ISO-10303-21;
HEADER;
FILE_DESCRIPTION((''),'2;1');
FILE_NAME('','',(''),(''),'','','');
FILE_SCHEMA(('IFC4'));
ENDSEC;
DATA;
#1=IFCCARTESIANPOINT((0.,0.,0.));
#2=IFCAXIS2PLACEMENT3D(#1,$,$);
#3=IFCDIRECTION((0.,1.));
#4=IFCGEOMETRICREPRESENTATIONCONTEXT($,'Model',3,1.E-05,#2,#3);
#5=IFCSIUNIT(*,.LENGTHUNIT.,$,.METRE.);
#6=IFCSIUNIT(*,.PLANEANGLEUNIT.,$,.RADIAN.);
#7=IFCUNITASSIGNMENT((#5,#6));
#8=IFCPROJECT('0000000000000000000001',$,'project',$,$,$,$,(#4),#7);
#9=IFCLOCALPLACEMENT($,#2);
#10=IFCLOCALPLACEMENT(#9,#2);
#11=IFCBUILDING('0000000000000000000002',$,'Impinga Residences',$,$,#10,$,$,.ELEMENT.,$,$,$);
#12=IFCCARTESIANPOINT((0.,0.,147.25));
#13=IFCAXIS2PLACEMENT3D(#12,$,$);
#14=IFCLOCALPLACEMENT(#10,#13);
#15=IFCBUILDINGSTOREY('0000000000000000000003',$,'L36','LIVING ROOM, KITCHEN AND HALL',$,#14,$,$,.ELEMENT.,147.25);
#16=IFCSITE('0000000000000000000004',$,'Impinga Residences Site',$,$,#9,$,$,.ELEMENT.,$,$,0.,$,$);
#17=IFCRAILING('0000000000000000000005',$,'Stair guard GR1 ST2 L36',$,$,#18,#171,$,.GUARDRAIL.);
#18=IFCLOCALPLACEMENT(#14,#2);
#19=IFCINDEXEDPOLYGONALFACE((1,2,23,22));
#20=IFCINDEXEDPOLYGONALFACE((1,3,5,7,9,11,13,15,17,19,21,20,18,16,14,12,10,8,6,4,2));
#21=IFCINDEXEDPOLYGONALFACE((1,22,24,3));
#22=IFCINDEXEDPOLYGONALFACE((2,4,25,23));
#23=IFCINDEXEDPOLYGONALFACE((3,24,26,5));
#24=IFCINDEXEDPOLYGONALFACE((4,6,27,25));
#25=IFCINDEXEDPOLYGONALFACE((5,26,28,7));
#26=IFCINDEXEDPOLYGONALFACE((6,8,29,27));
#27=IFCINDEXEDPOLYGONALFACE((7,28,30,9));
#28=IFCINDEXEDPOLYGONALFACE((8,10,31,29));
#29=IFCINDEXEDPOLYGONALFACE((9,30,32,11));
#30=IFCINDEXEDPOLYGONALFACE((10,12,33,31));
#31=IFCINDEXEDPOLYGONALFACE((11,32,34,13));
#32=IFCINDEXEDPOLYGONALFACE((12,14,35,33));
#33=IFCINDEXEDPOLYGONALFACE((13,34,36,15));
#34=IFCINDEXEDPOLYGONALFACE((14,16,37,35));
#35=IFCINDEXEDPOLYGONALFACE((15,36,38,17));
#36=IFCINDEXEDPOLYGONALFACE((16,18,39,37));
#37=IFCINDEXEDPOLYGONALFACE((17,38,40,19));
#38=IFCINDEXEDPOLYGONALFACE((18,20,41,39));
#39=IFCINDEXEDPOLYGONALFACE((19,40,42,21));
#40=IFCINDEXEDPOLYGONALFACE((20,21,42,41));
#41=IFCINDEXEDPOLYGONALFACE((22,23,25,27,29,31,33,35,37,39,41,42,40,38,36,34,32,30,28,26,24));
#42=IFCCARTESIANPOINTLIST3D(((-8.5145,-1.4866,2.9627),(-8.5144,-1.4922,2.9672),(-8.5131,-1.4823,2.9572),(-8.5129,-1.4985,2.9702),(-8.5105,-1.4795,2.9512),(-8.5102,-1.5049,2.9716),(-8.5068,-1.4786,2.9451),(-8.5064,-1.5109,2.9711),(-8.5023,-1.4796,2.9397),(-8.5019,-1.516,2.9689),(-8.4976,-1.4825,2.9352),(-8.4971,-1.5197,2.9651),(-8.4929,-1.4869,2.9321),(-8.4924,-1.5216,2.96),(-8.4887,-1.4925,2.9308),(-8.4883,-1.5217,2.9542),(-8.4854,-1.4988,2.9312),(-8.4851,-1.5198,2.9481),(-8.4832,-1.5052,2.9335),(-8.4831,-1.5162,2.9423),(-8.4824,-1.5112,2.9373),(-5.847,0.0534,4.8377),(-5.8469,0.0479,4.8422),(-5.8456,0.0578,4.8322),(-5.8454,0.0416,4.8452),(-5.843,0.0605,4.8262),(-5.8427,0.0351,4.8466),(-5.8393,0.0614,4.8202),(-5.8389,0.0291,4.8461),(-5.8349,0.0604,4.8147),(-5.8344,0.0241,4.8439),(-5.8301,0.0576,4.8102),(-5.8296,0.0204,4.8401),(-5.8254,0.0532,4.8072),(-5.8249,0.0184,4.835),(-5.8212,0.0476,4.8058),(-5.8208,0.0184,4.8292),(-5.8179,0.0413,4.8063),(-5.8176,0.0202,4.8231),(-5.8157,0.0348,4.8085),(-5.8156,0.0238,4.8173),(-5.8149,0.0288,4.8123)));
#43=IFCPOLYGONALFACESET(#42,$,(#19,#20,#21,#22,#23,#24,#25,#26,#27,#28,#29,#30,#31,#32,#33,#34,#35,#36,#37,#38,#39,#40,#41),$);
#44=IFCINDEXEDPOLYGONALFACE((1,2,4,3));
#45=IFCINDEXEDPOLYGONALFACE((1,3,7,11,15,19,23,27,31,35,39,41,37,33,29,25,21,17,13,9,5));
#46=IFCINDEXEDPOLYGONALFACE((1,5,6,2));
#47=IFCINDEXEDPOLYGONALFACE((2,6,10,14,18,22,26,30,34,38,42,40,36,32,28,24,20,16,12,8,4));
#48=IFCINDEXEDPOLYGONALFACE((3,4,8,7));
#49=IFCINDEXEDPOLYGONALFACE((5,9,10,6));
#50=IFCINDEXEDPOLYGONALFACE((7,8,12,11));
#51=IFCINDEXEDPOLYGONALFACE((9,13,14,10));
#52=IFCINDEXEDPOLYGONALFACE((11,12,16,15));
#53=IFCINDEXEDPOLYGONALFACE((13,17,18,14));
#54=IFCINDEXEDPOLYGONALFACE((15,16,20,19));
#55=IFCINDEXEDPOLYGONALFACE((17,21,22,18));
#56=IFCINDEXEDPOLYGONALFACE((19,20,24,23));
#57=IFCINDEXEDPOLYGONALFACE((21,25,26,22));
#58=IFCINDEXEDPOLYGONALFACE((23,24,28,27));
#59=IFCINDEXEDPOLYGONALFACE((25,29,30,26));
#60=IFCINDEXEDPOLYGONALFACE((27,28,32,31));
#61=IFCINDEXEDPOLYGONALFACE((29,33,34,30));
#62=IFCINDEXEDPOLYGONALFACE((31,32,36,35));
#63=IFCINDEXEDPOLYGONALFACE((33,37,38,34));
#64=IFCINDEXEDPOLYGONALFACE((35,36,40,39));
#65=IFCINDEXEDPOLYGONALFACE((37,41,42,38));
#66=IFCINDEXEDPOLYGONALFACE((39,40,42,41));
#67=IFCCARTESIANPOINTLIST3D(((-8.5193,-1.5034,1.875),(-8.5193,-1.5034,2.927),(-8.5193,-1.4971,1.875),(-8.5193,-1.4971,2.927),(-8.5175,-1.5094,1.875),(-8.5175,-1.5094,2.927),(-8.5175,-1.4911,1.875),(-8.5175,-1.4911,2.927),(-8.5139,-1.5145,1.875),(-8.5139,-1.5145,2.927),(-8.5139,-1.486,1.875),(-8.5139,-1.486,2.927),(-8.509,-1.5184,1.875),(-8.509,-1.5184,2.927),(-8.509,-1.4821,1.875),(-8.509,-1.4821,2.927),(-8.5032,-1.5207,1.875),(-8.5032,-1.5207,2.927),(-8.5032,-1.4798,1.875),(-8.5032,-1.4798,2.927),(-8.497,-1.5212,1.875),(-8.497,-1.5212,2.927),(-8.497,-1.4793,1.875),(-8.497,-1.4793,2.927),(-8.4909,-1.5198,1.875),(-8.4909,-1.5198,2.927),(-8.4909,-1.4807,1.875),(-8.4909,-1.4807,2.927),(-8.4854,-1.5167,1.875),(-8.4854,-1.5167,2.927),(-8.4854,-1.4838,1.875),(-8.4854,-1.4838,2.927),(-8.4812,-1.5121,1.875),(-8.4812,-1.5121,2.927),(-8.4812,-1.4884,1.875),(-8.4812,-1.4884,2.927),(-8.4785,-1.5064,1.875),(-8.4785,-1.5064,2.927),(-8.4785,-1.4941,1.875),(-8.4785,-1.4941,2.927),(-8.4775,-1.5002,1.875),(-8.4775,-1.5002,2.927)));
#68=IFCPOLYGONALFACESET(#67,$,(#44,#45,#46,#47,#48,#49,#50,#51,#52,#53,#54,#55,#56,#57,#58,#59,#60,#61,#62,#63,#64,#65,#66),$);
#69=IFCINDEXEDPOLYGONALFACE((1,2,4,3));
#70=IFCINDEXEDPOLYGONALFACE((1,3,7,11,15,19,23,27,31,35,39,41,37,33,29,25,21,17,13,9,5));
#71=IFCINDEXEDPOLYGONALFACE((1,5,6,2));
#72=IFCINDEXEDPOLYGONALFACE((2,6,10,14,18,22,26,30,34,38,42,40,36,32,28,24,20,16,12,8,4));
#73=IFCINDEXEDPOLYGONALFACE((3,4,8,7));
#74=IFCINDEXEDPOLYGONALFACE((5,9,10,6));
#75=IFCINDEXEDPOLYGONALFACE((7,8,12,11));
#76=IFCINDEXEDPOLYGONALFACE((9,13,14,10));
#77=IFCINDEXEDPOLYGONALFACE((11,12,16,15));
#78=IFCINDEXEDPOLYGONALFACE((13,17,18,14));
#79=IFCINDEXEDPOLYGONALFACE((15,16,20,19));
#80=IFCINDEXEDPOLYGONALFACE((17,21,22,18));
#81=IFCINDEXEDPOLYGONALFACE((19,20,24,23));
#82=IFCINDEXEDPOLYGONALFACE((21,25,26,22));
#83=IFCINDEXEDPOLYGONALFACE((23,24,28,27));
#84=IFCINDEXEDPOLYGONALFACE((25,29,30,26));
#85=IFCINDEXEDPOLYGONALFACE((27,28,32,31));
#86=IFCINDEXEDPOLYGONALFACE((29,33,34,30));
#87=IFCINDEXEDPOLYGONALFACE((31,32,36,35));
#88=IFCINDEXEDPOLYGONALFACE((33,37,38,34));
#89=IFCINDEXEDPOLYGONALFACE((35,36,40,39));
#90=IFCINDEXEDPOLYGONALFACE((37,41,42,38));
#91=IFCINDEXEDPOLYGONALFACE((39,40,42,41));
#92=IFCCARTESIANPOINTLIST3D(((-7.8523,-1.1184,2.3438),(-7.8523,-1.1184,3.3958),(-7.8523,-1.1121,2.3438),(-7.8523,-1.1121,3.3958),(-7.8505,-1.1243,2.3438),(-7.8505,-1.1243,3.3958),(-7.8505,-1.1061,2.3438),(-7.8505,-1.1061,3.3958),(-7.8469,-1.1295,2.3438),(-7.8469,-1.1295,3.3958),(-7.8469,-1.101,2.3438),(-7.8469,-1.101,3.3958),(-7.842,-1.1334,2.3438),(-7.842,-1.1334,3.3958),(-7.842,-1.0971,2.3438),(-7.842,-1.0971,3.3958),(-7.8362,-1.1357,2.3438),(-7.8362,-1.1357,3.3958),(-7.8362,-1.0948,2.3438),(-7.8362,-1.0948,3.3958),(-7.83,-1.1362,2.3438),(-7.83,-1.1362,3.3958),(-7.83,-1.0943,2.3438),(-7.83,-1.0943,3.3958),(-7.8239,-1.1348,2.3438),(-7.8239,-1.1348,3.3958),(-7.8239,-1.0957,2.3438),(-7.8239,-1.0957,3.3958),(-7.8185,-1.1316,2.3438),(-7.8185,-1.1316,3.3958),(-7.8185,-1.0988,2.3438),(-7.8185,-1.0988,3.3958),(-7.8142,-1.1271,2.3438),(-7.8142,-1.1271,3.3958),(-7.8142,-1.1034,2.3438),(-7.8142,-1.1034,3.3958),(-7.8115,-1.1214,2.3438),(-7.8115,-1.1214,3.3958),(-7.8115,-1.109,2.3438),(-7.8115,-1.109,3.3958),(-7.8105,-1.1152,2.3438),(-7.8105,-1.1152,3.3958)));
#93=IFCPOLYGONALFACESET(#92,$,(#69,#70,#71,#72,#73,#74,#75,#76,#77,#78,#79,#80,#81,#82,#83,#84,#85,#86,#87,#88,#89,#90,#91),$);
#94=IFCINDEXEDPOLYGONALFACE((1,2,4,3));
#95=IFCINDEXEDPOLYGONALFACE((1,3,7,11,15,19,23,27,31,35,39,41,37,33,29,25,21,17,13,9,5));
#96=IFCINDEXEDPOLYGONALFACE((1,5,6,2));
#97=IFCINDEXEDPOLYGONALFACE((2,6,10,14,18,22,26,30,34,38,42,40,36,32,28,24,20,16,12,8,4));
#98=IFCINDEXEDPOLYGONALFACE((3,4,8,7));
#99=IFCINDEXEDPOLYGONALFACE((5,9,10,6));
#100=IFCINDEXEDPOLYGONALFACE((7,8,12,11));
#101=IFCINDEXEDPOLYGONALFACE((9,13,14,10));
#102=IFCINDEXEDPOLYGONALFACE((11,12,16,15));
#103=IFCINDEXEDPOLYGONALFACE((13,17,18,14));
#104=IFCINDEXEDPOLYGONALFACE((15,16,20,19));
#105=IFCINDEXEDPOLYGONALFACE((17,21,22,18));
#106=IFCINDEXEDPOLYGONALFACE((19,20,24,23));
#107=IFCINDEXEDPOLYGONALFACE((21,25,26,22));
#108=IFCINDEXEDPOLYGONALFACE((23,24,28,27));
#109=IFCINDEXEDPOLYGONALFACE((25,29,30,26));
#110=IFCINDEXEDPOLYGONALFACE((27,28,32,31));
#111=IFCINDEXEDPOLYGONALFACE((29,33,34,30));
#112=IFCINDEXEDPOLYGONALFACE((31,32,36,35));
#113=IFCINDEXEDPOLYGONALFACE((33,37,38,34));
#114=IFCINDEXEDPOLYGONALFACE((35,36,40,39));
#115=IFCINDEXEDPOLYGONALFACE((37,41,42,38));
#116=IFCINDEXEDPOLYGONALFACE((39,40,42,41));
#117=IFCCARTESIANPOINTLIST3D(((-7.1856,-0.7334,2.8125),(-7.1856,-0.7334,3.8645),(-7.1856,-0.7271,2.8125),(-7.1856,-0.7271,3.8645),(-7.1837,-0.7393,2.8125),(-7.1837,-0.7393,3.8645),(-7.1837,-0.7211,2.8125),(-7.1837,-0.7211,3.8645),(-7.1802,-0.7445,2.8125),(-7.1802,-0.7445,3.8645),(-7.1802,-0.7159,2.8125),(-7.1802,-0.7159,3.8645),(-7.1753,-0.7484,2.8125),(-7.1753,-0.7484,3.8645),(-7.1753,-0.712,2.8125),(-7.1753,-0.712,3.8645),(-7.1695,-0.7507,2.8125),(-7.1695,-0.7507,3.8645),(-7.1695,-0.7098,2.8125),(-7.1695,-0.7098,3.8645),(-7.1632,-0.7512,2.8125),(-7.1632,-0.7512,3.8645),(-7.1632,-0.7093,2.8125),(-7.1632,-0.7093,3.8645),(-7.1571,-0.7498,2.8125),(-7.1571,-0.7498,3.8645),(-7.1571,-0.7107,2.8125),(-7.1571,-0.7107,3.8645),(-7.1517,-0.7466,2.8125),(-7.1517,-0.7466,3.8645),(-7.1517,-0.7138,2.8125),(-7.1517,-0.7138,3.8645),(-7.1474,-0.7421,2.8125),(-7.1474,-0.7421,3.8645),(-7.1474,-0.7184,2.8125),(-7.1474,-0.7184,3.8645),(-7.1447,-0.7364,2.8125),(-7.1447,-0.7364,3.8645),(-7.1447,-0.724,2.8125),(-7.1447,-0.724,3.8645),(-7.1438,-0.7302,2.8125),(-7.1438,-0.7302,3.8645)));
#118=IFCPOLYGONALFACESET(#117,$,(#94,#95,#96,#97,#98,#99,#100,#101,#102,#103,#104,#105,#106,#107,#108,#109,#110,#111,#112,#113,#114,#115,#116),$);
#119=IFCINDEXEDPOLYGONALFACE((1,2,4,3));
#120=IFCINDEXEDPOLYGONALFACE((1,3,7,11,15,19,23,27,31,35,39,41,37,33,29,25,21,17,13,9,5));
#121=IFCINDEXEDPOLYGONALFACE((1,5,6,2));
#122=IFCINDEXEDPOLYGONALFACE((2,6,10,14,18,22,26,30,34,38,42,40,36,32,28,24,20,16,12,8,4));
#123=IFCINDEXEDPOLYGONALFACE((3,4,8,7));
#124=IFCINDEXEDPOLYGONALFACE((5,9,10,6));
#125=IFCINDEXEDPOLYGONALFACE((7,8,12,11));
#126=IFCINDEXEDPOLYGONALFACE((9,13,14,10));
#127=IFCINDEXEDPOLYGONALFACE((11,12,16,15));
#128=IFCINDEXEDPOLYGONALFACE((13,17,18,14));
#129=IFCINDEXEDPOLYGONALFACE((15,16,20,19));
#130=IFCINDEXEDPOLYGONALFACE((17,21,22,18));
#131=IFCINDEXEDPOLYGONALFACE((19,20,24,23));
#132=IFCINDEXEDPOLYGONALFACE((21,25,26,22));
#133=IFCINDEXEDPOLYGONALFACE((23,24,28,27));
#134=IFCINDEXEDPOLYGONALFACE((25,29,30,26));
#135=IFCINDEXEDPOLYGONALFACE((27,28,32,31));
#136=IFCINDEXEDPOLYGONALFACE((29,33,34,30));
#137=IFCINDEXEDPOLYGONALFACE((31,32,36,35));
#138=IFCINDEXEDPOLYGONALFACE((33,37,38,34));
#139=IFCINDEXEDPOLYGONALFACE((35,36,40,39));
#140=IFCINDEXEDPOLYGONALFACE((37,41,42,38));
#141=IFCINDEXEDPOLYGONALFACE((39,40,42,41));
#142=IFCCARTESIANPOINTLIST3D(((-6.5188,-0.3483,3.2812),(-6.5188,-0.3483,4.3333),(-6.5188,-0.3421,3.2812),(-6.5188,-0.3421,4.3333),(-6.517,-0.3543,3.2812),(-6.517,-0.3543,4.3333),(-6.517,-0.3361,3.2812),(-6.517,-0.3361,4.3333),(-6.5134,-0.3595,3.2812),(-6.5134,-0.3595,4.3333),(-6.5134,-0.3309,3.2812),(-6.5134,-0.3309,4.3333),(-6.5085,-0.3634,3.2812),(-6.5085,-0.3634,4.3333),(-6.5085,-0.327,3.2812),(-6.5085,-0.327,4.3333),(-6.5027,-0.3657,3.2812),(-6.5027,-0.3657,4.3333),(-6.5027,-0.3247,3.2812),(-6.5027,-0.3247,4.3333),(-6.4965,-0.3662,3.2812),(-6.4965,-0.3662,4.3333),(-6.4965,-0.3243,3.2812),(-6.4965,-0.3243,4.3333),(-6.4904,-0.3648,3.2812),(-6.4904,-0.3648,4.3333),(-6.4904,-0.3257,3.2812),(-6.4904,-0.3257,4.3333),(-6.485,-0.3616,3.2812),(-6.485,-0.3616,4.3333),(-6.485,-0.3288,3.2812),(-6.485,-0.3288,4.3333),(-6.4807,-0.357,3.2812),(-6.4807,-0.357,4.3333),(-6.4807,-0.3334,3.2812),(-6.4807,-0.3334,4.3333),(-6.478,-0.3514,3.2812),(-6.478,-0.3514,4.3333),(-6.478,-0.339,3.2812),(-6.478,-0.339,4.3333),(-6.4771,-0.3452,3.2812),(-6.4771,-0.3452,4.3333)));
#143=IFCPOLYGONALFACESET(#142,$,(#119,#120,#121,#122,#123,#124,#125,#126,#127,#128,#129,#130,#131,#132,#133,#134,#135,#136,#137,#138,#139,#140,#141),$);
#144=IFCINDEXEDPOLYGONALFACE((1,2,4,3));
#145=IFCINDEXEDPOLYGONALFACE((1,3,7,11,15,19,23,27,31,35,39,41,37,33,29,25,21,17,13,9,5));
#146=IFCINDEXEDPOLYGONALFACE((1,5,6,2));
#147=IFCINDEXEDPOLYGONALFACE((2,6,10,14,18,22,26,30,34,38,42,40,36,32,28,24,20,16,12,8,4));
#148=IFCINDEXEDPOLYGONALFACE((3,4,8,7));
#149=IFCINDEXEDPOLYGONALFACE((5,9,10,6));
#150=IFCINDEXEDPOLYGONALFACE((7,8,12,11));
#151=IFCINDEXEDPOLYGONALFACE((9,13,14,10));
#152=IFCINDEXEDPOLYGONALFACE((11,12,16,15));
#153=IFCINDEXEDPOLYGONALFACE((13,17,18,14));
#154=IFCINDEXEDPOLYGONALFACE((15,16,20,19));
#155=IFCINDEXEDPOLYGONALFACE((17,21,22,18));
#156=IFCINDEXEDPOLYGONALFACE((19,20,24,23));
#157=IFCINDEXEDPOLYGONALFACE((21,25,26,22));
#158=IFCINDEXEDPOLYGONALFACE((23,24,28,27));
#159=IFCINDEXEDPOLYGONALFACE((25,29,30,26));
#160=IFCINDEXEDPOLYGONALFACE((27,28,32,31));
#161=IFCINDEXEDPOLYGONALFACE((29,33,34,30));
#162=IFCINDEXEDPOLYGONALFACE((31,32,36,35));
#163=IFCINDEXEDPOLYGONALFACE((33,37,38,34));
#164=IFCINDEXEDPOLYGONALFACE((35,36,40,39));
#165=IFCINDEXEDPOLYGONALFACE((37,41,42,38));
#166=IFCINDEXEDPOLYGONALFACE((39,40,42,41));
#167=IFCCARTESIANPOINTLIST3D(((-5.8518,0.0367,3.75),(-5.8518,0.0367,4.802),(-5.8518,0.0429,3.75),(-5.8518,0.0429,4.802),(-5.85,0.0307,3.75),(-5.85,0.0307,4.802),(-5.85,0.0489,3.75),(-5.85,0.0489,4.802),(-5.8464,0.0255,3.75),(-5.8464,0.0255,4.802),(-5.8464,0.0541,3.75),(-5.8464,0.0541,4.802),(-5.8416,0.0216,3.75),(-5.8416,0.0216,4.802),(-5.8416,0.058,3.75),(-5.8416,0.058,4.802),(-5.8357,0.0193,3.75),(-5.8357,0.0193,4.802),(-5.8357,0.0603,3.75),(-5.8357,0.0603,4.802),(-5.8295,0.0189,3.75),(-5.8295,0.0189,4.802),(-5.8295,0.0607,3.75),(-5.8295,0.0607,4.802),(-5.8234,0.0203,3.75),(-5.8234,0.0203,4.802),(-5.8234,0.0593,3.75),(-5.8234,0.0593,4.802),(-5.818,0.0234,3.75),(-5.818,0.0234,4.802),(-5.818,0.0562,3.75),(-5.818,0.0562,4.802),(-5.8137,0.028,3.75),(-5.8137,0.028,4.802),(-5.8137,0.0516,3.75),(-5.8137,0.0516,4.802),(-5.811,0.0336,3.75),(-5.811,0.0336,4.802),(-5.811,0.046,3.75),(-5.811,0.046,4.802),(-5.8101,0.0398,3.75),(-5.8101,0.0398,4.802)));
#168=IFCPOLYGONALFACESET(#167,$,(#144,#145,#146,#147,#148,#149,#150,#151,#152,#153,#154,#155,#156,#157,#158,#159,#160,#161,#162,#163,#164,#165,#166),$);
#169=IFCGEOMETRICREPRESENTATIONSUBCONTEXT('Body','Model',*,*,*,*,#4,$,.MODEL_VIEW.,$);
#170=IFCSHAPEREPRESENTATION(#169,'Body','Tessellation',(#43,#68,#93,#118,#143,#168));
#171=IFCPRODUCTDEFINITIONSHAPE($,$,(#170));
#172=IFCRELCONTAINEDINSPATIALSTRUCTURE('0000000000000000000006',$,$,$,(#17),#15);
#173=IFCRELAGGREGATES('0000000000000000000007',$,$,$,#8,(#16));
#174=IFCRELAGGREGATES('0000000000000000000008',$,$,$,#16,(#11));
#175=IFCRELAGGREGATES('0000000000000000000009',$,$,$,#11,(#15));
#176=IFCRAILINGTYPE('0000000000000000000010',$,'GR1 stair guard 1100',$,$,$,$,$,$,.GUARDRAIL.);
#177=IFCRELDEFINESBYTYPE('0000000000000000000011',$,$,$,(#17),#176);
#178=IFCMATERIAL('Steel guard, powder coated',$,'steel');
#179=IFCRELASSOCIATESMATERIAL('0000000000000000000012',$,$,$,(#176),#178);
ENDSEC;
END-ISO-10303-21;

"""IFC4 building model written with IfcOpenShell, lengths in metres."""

from ifc_helpers import new_model, si_unit, direction, frame, origin, origin_2d, place, context, subcontext, project, spatial, circle, extrude, material, type_object, element, save


model = new_model("IFC4")

# Units and contexts
model_context = context("Model", 3, precision=1e-05, world=origin(), true_north=direction((0.0, 1.0)))
body_context = subcontext(model_context, "Body", "Model", "MODEL_VIEW")
ifc_project = project(units=[si_unit("LENGTHUNIT", "METRE"), si_unit("PLANEANGLEUNIT", "RADIAN")], contexts=[model_context])

# Site, building, storey
site_placement = place(None, origin())
site = spatial("IfcSite", under=ifc_project, at=site_placement, Name="Impinga Residences Site", CompositionType="ELEMENT", RefElevation=0.0)
building_placement = place(site_placement, origin())
building = spatial("IfcBuilding", under=site, at=building_placement, Name="Impinga Residences", CompositionType="ELEMENT")
storey_placement = place(building_placement, frame((0.0, 0.0, 147.25)))
storey = spatial("IfcBuildingStorey", under=building, at=storey_placement, Name="L36", Description="LIVING ROOM, KITCHEN AND HALL", CompositionType="ELEMENT", Elevation=147.25)

# Railing
ifc_material_1 = material(Name="Steel guard, powder coated", Category="steel")
railing_type_1 = type_object("IfcRailingType", Name="GR1 stair guard 1100", PredefinedType="GUARDRAIL", material=ifc_material_1)
railing_1_placement = place(storey_placement, frame((-8.4985, -1.5002, 1.875)))
element("IfcRailing", 1, at=railing_1_placement, inside=storey, type_object=railing_type_1, Name="Stair guard GR1 ST2 L36", PredefinedType="GUARDRAIL", context=body_context, shape_type="SweptSolid", body=[
    extrude(circle(Radius=0.0239, at=origin_2d()), frame((0.0, 0.0, 1.0762), z_axis=(0.739746, 0.427084, 0.519975), x_axis=(-0.499992, 0.86603, 0.0)), (0.0, 0.0, 1.0), 3.606),
    extrude(circle(Radius=0.021, at=origin_2d()), origin(), (0.0, 0.0, 1.0), 1.052),
    extrude(circle(Radius=0.021, at=origin_2d()), frame((0.667, 0.385, 0.4688)), (0.0, 0.0, 1.0), 1.052),
    extrude(circle(Radius=0.021, at=origin_2d()), frame((1.3337, 0.77, 0.9375)), (0.0, 0.0, 1.0), 1.052),
    extrude(circle(Radius=0.021, at=origin_2d()), frame((2.0005, 1.155, 1.4062)), (0.0, 0.0, 1.0), 1.052),
    extrude(circle(Radius=0.021, at=origin_2d()), frame((2.6675, 1.54, 1.875)), (0.0, 0.0, 1.0), 1.052),
])

save(model, "model.ifc")
